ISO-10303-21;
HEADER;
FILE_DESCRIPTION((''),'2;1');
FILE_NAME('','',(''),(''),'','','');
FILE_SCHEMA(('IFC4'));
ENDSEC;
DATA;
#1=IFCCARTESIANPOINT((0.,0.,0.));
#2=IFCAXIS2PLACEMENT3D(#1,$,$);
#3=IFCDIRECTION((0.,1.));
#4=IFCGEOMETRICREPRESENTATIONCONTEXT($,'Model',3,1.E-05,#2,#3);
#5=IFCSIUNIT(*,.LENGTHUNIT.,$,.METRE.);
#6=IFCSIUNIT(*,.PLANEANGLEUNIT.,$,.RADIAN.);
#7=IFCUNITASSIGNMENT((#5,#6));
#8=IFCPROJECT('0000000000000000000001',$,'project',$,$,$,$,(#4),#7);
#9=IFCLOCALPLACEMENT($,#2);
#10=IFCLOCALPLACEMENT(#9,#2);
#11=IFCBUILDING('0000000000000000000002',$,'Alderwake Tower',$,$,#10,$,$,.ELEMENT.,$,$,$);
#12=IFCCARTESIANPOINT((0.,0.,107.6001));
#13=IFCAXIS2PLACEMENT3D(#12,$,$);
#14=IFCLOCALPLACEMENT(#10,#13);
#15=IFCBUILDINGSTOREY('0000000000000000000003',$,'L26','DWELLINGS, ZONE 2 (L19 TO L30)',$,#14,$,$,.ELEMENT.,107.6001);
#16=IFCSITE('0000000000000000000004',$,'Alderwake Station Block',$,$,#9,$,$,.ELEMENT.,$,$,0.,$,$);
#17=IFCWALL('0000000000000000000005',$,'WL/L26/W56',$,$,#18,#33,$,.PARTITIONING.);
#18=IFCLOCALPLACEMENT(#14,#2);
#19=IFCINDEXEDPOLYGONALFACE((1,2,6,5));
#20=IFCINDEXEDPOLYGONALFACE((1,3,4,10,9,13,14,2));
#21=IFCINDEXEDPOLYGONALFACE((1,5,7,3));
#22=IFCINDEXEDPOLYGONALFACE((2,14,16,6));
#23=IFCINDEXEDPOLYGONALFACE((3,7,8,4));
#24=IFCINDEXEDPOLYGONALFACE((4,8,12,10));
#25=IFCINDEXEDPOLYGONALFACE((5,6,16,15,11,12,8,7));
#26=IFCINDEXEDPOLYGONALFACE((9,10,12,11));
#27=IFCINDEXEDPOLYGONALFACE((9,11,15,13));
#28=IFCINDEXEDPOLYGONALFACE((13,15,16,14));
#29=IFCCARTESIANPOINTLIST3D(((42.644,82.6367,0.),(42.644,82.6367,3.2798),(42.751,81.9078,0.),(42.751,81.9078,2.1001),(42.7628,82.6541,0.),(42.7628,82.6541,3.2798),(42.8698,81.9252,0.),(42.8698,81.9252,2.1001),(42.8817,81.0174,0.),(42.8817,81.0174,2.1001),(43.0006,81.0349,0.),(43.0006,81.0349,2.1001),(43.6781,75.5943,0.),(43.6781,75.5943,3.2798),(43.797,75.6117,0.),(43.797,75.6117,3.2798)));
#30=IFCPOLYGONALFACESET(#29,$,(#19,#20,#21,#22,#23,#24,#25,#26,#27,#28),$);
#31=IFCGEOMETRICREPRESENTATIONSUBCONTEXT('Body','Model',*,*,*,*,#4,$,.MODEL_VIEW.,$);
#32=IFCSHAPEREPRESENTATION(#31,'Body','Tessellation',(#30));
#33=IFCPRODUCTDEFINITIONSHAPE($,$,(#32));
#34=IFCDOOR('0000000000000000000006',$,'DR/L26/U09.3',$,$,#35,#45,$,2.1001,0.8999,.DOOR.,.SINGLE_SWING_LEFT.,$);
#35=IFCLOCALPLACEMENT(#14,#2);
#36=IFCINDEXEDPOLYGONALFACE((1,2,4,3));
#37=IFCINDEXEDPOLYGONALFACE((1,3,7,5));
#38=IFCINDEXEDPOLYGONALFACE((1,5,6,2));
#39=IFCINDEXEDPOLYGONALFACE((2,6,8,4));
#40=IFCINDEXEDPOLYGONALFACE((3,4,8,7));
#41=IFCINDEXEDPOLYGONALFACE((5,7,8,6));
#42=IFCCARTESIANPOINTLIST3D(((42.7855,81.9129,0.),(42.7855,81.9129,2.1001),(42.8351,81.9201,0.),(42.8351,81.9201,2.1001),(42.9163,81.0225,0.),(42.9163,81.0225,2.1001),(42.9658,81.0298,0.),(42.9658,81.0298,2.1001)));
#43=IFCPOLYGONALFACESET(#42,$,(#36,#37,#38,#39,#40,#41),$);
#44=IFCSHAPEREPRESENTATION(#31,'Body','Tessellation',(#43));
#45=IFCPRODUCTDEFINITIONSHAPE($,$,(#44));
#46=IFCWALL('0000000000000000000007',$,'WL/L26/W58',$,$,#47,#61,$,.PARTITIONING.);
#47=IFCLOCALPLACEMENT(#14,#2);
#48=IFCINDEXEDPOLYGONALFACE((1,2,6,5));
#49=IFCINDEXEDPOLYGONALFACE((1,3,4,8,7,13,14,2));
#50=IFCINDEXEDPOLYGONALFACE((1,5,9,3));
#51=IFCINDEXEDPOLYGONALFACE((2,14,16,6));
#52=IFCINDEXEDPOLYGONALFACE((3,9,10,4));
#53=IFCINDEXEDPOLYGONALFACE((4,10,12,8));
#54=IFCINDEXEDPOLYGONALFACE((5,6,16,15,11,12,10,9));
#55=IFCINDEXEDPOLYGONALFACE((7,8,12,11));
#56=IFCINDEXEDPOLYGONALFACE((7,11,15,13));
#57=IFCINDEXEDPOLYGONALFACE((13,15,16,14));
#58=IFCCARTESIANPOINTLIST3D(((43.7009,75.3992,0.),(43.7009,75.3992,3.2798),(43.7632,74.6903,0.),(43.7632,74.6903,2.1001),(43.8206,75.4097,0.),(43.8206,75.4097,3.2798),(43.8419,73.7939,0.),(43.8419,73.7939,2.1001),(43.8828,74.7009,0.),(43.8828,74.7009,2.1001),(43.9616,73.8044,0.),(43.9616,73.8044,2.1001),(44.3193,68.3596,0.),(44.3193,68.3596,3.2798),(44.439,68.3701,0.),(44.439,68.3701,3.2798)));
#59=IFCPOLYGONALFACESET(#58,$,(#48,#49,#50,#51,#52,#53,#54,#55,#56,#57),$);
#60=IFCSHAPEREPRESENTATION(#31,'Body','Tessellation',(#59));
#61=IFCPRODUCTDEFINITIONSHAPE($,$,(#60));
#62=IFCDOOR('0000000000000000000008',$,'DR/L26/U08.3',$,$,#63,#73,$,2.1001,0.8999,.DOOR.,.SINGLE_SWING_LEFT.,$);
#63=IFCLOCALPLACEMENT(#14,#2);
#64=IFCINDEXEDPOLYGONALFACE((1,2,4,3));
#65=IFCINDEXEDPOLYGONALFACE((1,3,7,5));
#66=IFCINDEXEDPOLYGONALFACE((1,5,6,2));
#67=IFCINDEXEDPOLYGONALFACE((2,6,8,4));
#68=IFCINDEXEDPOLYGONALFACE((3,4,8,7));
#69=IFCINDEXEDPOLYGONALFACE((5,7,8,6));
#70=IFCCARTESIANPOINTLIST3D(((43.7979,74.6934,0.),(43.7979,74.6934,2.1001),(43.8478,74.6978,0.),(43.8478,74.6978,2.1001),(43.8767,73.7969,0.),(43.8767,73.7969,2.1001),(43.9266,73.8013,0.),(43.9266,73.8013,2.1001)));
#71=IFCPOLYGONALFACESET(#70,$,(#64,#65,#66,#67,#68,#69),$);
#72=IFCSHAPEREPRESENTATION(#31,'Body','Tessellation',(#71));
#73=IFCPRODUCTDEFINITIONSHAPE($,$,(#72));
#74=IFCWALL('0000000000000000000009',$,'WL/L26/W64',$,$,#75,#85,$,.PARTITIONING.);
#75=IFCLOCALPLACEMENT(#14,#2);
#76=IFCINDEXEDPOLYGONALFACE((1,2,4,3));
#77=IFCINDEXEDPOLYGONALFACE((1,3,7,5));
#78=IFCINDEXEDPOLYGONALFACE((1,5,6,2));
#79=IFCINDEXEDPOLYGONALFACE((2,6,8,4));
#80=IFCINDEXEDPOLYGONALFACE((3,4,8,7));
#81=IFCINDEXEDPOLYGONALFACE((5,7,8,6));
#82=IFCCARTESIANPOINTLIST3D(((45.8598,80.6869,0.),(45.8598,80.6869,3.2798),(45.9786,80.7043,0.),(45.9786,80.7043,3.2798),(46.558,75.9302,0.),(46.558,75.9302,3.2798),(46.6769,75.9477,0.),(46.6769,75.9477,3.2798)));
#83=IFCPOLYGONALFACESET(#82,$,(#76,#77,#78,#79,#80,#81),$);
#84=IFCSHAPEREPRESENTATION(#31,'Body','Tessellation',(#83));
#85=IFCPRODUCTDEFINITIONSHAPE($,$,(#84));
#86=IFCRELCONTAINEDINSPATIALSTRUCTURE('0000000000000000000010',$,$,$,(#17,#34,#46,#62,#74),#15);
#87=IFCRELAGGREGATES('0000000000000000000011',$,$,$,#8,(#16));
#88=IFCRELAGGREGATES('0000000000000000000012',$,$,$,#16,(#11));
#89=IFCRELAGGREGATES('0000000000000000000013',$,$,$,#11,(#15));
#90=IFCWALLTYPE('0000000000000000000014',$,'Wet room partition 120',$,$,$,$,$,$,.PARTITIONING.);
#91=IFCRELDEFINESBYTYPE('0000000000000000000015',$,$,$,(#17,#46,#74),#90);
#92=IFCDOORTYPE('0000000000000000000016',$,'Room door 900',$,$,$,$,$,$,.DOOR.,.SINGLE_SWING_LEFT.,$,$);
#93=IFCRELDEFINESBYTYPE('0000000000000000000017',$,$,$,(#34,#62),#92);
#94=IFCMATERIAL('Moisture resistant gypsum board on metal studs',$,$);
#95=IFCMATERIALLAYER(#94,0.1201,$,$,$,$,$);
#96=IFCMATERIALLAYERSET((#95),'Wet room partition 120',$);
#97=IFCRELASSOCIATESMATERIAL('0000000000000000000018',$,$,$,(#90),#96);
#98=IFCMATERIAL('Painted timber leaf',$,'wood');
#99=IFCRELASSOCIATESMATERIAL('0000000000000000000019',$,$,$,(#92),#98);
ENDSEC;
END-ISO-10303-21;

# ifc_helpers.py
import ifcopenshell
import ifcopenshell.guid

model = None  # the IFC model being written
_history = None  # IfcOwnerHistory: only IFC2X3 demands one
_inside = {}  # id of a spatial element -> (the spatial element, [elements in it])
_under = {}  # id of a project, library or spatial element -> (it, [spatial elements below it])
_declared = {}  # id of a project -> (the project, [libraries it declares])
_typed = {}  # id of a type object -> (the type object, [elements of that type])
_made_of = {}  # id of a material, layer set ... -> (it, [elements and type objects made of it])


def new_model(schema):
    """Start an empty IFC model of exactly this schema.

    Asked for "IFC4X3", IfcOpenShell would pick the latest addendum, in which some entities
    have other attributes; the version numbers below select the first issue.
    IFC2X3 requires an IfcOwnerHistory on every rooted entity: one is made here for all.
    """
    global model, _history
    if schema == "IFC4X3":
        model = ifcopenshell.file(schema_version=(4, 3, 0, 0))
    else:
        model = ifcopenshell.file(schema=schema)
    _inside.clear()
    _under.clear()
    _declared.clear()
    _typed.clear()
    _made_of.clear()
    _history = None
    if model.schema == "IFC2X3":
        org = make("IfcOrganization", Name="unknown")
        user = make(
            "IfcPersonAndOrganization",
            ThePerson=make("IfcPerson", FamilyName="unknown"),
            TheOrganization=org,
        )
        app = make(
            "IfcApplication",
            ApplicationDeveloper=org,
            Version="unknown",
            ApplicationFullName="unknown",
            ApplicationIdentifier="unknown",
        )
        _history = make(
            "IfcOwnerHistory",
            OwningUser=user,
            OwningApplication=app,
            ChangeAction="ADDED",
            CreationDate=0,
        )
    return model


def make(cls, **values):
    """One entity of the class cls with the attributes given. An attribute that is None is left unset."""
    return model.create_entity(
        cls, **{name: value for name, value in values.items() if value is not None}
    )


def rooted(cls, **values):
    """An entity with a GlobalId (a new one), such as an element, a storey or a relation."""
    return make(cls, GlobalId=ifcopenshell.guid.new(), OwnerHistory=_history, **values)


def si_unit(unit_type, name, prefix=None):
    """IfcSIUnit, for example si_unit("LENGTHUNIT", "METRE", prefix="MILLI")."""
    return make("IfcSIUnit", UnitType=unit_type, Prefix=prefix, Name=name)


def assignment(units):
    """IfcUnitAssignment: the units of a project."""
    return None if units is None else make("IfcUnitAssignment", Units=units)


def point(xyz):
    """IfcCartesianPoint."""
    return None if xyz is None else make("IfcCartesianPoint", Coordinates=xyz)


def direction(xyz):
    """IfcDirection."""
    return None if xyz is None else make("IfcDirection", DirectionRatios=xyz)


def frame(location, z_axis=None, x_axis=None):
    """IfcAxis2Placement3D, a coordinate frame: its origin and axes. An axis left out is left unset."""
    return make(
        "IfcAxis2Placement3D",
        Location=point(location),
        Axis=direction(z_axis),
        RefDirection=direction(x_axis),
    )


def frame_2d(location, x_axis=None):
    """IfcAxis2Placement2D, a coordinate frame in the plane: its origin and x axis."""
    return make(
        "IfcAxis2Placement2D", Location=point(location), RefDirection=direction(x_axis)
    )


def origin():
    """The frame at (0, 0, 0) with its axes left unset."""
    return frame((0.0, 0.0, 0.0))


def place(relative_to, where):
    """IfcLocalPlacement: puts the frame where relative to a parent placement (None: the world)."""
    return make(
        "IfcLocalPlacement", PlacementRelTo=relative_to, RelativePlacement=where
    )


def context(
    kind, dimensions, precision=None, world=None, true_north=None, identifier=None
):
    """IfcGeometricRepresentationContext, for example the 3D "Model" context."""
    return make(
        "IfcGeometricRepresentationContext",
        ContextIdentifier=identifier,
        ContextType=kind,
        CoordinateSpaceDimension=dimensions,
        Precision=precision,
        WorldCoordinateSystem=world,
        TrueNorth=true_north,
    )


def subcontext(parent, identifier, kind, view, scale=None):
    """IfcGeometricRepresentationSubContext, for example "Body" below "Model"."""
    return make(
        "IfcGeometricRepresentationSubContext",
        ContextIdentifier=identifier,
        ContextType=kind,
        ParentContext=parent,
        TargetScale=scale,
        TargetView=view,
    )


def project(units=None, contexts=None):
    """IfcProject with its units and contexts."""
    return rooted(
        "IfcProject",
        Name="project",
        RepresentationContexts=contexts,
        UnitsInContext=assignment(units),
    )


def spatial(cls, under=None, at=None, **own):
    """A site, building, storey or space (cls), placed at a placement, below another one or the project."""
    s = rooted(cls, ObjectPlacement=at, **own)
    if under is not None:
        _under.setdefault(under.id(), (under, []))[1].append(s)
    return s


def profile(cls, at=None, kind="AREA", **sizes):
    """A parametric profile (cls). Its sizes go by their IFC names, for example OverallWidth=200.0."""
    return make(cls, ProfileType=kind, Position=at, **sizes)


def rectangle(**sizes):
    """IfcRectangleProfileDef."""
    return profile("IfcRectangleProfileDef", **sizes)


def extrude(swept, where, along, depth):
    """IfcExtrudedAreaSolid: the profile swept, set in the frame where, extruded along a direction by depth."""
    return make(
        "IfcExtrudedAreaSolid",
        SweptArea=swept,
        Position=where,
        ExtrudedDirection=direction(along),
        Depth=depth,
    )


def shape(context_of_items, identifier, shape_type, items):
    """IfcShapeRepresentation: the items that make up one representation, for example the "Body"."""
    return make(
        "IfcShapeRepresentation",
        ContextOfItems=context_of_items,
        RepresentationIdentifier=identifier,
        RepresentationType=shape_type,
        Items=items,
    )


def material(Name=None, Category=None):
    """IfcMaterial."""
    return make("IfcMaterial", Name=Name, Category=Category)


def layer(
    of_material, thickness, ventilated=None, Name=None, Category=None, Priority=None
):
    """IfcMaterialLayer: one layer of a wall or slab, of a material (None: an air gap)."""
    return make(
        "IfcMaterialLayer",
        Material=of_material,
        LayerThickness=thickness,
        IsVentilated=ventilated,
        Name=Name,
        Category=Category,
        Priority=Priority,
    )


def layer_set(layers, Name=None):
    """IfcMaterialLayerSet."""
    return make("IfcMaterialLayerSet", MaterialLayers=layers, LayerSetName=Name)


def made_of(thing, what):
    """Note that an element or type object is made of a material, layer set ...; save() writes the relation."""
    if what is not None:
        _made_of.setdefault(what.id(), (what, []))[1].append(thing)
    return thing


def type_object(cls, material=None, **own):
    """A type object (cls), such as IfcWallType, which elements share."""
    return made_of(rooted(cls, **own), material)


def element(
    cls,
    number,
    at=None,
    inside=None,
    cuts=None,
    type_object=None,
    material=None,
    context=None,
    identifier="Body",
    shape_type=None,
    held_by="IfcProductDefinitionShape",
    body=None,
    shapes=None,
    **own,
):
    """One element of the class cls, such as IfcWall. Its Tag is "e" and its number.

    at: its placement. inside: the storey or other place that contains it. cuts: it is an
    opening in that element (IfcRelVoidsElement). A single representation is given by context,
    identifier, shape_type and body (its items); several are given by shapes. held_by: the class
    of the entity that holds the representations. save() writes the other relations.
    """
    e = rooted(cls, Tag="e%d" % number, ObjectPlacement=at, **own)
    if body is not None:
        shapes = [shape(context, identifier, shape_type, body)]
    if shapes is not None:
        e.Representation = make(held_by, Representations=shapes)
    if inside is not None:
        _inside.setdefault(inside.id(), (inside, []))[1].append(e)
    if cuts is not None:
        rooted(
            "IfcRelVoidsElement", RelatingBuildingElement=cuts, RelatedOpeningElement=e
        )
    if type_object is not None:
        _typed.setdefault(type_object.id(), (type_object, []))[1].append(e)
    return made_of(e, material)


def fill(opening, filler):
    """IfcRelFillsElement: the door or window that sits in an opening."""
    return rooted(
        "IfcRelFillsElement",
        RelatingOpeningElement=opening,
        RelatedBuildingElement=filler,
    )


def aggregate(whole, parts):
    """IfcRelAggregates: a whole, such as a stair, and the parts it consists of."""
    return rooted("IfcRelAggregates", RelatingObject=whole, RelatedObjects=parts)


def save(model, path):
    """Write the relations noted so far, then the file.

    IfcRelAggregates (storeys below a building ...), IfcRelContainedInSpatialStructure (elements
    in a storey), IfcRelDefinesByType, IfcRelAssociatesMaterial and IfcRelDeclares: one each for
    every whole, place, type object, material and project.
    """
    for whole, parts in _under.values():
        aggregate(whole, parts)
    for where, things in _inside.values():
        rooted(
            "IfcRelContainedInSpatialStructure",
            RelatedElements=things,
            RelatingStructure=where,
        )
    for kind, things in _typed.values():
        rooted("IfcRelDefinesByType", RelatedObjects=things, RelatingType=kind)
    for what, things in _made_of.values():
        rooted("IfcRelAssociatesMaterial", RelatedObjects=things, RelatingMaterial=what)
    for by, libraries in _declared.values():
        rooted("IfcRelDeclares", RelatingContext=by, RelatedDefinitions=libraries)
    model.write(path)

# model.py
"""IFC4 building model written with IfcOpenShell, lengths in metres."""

from ifc_helpers import new_model, si_unit, direction, frame, frame_2d, origin, place, context, subcontext, project, spatial, rectangle, extrude, material, layer, layer_set, type_object, element, fill, save


model = new_model("IFC4")

# Units and contexts
model_context = context("Model", 3, precision=1e-05, world=origin(), true_north=direction((0.0, 1.0)))
body_context = subcontext(model_context, "Body", "Model", "MODEL_VIEW")
ifc_project = project(units=[si_unit("LENGTHUNIT", "METRE"), si_unit("PLANEANGLEUNIT", "RADIAN")], contexts=[model_context])

# Site, building, storey
site_placement = place(None, origin())
site = spatial("IfcSite", under=ifc_project, at=site_placement, Name="Alderwake Station Block", CompositionType="ELEMENT", RefElevation=0.0)
building_placement = place(site_placement, origin())
building = spatial("IfcBuilding", under=site, at=building_placement, Name="Alderwake Tower", CompositionType="ELEMENT")
storey_placement = place(building_placement, frame((0.0, 0.0, 107.6001)))
storey = spatial("IfcBuildingStorey", under=building, at=storey_placement, Name="L26", Description="DWELLINGS, ZONE 2 (L19 TO L30)", CompositionType="ELEMENT", Elevation=107.6001)

# Walls, openings, doors
ifc_material_1 = material(Name="Moisture resistant gypsum board on metal studs")
ifc_layer_1 = layer(ifc_material_1, 0.1201)
ifc_layer_set_1 = layer_set([ifc_layer_1], Name="Wet room partition 120")
wall_type_1 = type_object("IfcWallType", Name="Wet room partition 120", PredefinedType="PARTITIONING", material=ifc_layer_set_1)
wall_1_placement = place(storey_placement, frame((42.7034, 82.6455, 0.0), z_axis=(0.0, 0.0, 1.0), x_axis=(0.145291, -0.989389, 0.0)))
wall_1 = element("IfcWall", 1, at=wall_1_placement, inside=storey, type_object=wall_type_1, Name="WL/L26/W56", PredefinedType="PARTITIONING", context=body_context, shape_type="SweptSolid", body=[
    extrude(rectangle(XDim=7.1179, YDim=0.1201, at=frame_2d((3.5591, 0.0))), origin(), (0.0, 0.0, 1.0), 3.2798),
])
opening_1_placement = place(wall_1_placement, frame((0.7368, 0.0, 0.0)))
opening_1 = element("IfcOpeningElement", 2, at=opening_1_placement, cuts=wall_1, PredefinedType="OPENING", context=body_context, shape_type="SweptSolid", body=[
    extrude(rectangle(XDim=0.8999, YDim=2.1001, at=frame_2d((0.45, 1.05))), frame((0.0, 0.0701, 0.0), z_axis=(0.0, -1.0, 0.0), x_axis=(1.0, 0.0, 0.0)), (0.0, 0.0, 1.0), 0.1401),
])
ifc_material_2 = material(Name="Painted timber leaf", Category="wood")
door_type_1 = type_object("IfcDoorType", Name="Room door 900", OperationType="SINGLE_SWING_LEFT", PredefinedType="DOOR", material=ifc_material_2)
door_1_placement = place(opening_1_placement, origin())
door_1 = element("IfcDoor", 3, at=door_1_placement, inside=storey, type_object=door_type_1, Name="DR/L26/U09.3", OperationType="SINGLE_SWING_LEFT", OverallHeight=2.1001, OverallWidth=0.8999, PredefinedType="DOOR", context=body_context, shape_type="SweptSolid", body=[
    extrude(rectangle(XDim=0.8999, YDim=2.1001, at=frame_2d((0.45, 1.05))), frame((0.0, 0.0249, 0.0), z_axis=(0.0, -1.0, 0.0), x_axis=(1.0, 0.0, 0.0)), (0.0, 0.0, 1.0), 0.05),
])
fill(opening_1, door_1)
wall_2_placement = place(storey_placement, frame((43.7607, 75.4043, 0.0), z_axis=(0.0, 0.0, 1.0), x_axis=(0.087511, -0.996164, 0.0)))
wall_2 = element("IfcWall", 4, at=wall_2_placement, inside=storey, type_object=wall_type_1, Name="WL/L26/W58", PredefinedType="PARTITIONING", context=body_context, shape_type="SweptSolid", body=[
    extrude(rectangle(XDim=7.0667, YDim=0.1201, at=frame_2d((3.5332, 0.0))), origin(), (0.0, 0.0, 1.0), 3.2798),
])
opening_2_placement = place(wall_2_placement, frame((0.7114, 0.0, 0.0)))
opening_2 = element("IfcOpeningElement", 5, at=opening_2_placement, cuts=wall_2, PredefinedType="OPENING", context=body_context, shape_type="SweptSolid", body=[
    extrude(rectangle(XDim=0.8999, YDim=2.1001, at=frame_2d((0.45, 1.05))), frame((0.0, 0.0701, 0.0), z_axis=(0.0, -1.0, 0.0), x_axis=(1.0, 0.0, 0.0)), (0.0, 0.0, 1.0), 0.1401),
])
door_2_placement = place(opening_2_placement, origin())
door_2 = element("IfcDoor", 6, at=door_2_placement, inside=storey, type_object=door_type_1, Name="DR/L26/U08.3", OperationType="SINGLE_SWING_LEFT", OverallHeight=2.1001, OverallWidth=0.8999, PredefinedType="DOOR", context=body_context, shape_type="SweptSolid", body=[
    extrude(rectangle(XDim=0.8999, YDim=2.1001, at=frame_2d((0.45, 1.05))), frame((0.0, 0.0249, 0.0), z_axis=(0.0, -1.0, 0.0), x_axis=(1.0, 0.0, 0.0)), (0.0, 0.0, 1.0), 0.05),
])
fill(opening_2, door_2)

# Wall
wall_3_placement = place(storey_placement, frame((46.6174, 75.939, 0.0), z_axis=(0.0, 0.0, 1.0), x_axis=(-0.145238, 0.989397, 0.0)))
element("IfcWall", 7, at=wall_3_placement, inside=storey, type_object=wall_type_1, Name="WL/L26/W64", PredefinedType="PARTITIONING", context=body_context, shape_type="SweptSolid", body=[
    extrude(rectangle(XDim=4.8076, YDim=0.1201, at=frame_2d((2.4038, 0.0))), origin(), (0.0, 0.0, 1.0), 3.2798),
])

save(model, "model.ifc")
